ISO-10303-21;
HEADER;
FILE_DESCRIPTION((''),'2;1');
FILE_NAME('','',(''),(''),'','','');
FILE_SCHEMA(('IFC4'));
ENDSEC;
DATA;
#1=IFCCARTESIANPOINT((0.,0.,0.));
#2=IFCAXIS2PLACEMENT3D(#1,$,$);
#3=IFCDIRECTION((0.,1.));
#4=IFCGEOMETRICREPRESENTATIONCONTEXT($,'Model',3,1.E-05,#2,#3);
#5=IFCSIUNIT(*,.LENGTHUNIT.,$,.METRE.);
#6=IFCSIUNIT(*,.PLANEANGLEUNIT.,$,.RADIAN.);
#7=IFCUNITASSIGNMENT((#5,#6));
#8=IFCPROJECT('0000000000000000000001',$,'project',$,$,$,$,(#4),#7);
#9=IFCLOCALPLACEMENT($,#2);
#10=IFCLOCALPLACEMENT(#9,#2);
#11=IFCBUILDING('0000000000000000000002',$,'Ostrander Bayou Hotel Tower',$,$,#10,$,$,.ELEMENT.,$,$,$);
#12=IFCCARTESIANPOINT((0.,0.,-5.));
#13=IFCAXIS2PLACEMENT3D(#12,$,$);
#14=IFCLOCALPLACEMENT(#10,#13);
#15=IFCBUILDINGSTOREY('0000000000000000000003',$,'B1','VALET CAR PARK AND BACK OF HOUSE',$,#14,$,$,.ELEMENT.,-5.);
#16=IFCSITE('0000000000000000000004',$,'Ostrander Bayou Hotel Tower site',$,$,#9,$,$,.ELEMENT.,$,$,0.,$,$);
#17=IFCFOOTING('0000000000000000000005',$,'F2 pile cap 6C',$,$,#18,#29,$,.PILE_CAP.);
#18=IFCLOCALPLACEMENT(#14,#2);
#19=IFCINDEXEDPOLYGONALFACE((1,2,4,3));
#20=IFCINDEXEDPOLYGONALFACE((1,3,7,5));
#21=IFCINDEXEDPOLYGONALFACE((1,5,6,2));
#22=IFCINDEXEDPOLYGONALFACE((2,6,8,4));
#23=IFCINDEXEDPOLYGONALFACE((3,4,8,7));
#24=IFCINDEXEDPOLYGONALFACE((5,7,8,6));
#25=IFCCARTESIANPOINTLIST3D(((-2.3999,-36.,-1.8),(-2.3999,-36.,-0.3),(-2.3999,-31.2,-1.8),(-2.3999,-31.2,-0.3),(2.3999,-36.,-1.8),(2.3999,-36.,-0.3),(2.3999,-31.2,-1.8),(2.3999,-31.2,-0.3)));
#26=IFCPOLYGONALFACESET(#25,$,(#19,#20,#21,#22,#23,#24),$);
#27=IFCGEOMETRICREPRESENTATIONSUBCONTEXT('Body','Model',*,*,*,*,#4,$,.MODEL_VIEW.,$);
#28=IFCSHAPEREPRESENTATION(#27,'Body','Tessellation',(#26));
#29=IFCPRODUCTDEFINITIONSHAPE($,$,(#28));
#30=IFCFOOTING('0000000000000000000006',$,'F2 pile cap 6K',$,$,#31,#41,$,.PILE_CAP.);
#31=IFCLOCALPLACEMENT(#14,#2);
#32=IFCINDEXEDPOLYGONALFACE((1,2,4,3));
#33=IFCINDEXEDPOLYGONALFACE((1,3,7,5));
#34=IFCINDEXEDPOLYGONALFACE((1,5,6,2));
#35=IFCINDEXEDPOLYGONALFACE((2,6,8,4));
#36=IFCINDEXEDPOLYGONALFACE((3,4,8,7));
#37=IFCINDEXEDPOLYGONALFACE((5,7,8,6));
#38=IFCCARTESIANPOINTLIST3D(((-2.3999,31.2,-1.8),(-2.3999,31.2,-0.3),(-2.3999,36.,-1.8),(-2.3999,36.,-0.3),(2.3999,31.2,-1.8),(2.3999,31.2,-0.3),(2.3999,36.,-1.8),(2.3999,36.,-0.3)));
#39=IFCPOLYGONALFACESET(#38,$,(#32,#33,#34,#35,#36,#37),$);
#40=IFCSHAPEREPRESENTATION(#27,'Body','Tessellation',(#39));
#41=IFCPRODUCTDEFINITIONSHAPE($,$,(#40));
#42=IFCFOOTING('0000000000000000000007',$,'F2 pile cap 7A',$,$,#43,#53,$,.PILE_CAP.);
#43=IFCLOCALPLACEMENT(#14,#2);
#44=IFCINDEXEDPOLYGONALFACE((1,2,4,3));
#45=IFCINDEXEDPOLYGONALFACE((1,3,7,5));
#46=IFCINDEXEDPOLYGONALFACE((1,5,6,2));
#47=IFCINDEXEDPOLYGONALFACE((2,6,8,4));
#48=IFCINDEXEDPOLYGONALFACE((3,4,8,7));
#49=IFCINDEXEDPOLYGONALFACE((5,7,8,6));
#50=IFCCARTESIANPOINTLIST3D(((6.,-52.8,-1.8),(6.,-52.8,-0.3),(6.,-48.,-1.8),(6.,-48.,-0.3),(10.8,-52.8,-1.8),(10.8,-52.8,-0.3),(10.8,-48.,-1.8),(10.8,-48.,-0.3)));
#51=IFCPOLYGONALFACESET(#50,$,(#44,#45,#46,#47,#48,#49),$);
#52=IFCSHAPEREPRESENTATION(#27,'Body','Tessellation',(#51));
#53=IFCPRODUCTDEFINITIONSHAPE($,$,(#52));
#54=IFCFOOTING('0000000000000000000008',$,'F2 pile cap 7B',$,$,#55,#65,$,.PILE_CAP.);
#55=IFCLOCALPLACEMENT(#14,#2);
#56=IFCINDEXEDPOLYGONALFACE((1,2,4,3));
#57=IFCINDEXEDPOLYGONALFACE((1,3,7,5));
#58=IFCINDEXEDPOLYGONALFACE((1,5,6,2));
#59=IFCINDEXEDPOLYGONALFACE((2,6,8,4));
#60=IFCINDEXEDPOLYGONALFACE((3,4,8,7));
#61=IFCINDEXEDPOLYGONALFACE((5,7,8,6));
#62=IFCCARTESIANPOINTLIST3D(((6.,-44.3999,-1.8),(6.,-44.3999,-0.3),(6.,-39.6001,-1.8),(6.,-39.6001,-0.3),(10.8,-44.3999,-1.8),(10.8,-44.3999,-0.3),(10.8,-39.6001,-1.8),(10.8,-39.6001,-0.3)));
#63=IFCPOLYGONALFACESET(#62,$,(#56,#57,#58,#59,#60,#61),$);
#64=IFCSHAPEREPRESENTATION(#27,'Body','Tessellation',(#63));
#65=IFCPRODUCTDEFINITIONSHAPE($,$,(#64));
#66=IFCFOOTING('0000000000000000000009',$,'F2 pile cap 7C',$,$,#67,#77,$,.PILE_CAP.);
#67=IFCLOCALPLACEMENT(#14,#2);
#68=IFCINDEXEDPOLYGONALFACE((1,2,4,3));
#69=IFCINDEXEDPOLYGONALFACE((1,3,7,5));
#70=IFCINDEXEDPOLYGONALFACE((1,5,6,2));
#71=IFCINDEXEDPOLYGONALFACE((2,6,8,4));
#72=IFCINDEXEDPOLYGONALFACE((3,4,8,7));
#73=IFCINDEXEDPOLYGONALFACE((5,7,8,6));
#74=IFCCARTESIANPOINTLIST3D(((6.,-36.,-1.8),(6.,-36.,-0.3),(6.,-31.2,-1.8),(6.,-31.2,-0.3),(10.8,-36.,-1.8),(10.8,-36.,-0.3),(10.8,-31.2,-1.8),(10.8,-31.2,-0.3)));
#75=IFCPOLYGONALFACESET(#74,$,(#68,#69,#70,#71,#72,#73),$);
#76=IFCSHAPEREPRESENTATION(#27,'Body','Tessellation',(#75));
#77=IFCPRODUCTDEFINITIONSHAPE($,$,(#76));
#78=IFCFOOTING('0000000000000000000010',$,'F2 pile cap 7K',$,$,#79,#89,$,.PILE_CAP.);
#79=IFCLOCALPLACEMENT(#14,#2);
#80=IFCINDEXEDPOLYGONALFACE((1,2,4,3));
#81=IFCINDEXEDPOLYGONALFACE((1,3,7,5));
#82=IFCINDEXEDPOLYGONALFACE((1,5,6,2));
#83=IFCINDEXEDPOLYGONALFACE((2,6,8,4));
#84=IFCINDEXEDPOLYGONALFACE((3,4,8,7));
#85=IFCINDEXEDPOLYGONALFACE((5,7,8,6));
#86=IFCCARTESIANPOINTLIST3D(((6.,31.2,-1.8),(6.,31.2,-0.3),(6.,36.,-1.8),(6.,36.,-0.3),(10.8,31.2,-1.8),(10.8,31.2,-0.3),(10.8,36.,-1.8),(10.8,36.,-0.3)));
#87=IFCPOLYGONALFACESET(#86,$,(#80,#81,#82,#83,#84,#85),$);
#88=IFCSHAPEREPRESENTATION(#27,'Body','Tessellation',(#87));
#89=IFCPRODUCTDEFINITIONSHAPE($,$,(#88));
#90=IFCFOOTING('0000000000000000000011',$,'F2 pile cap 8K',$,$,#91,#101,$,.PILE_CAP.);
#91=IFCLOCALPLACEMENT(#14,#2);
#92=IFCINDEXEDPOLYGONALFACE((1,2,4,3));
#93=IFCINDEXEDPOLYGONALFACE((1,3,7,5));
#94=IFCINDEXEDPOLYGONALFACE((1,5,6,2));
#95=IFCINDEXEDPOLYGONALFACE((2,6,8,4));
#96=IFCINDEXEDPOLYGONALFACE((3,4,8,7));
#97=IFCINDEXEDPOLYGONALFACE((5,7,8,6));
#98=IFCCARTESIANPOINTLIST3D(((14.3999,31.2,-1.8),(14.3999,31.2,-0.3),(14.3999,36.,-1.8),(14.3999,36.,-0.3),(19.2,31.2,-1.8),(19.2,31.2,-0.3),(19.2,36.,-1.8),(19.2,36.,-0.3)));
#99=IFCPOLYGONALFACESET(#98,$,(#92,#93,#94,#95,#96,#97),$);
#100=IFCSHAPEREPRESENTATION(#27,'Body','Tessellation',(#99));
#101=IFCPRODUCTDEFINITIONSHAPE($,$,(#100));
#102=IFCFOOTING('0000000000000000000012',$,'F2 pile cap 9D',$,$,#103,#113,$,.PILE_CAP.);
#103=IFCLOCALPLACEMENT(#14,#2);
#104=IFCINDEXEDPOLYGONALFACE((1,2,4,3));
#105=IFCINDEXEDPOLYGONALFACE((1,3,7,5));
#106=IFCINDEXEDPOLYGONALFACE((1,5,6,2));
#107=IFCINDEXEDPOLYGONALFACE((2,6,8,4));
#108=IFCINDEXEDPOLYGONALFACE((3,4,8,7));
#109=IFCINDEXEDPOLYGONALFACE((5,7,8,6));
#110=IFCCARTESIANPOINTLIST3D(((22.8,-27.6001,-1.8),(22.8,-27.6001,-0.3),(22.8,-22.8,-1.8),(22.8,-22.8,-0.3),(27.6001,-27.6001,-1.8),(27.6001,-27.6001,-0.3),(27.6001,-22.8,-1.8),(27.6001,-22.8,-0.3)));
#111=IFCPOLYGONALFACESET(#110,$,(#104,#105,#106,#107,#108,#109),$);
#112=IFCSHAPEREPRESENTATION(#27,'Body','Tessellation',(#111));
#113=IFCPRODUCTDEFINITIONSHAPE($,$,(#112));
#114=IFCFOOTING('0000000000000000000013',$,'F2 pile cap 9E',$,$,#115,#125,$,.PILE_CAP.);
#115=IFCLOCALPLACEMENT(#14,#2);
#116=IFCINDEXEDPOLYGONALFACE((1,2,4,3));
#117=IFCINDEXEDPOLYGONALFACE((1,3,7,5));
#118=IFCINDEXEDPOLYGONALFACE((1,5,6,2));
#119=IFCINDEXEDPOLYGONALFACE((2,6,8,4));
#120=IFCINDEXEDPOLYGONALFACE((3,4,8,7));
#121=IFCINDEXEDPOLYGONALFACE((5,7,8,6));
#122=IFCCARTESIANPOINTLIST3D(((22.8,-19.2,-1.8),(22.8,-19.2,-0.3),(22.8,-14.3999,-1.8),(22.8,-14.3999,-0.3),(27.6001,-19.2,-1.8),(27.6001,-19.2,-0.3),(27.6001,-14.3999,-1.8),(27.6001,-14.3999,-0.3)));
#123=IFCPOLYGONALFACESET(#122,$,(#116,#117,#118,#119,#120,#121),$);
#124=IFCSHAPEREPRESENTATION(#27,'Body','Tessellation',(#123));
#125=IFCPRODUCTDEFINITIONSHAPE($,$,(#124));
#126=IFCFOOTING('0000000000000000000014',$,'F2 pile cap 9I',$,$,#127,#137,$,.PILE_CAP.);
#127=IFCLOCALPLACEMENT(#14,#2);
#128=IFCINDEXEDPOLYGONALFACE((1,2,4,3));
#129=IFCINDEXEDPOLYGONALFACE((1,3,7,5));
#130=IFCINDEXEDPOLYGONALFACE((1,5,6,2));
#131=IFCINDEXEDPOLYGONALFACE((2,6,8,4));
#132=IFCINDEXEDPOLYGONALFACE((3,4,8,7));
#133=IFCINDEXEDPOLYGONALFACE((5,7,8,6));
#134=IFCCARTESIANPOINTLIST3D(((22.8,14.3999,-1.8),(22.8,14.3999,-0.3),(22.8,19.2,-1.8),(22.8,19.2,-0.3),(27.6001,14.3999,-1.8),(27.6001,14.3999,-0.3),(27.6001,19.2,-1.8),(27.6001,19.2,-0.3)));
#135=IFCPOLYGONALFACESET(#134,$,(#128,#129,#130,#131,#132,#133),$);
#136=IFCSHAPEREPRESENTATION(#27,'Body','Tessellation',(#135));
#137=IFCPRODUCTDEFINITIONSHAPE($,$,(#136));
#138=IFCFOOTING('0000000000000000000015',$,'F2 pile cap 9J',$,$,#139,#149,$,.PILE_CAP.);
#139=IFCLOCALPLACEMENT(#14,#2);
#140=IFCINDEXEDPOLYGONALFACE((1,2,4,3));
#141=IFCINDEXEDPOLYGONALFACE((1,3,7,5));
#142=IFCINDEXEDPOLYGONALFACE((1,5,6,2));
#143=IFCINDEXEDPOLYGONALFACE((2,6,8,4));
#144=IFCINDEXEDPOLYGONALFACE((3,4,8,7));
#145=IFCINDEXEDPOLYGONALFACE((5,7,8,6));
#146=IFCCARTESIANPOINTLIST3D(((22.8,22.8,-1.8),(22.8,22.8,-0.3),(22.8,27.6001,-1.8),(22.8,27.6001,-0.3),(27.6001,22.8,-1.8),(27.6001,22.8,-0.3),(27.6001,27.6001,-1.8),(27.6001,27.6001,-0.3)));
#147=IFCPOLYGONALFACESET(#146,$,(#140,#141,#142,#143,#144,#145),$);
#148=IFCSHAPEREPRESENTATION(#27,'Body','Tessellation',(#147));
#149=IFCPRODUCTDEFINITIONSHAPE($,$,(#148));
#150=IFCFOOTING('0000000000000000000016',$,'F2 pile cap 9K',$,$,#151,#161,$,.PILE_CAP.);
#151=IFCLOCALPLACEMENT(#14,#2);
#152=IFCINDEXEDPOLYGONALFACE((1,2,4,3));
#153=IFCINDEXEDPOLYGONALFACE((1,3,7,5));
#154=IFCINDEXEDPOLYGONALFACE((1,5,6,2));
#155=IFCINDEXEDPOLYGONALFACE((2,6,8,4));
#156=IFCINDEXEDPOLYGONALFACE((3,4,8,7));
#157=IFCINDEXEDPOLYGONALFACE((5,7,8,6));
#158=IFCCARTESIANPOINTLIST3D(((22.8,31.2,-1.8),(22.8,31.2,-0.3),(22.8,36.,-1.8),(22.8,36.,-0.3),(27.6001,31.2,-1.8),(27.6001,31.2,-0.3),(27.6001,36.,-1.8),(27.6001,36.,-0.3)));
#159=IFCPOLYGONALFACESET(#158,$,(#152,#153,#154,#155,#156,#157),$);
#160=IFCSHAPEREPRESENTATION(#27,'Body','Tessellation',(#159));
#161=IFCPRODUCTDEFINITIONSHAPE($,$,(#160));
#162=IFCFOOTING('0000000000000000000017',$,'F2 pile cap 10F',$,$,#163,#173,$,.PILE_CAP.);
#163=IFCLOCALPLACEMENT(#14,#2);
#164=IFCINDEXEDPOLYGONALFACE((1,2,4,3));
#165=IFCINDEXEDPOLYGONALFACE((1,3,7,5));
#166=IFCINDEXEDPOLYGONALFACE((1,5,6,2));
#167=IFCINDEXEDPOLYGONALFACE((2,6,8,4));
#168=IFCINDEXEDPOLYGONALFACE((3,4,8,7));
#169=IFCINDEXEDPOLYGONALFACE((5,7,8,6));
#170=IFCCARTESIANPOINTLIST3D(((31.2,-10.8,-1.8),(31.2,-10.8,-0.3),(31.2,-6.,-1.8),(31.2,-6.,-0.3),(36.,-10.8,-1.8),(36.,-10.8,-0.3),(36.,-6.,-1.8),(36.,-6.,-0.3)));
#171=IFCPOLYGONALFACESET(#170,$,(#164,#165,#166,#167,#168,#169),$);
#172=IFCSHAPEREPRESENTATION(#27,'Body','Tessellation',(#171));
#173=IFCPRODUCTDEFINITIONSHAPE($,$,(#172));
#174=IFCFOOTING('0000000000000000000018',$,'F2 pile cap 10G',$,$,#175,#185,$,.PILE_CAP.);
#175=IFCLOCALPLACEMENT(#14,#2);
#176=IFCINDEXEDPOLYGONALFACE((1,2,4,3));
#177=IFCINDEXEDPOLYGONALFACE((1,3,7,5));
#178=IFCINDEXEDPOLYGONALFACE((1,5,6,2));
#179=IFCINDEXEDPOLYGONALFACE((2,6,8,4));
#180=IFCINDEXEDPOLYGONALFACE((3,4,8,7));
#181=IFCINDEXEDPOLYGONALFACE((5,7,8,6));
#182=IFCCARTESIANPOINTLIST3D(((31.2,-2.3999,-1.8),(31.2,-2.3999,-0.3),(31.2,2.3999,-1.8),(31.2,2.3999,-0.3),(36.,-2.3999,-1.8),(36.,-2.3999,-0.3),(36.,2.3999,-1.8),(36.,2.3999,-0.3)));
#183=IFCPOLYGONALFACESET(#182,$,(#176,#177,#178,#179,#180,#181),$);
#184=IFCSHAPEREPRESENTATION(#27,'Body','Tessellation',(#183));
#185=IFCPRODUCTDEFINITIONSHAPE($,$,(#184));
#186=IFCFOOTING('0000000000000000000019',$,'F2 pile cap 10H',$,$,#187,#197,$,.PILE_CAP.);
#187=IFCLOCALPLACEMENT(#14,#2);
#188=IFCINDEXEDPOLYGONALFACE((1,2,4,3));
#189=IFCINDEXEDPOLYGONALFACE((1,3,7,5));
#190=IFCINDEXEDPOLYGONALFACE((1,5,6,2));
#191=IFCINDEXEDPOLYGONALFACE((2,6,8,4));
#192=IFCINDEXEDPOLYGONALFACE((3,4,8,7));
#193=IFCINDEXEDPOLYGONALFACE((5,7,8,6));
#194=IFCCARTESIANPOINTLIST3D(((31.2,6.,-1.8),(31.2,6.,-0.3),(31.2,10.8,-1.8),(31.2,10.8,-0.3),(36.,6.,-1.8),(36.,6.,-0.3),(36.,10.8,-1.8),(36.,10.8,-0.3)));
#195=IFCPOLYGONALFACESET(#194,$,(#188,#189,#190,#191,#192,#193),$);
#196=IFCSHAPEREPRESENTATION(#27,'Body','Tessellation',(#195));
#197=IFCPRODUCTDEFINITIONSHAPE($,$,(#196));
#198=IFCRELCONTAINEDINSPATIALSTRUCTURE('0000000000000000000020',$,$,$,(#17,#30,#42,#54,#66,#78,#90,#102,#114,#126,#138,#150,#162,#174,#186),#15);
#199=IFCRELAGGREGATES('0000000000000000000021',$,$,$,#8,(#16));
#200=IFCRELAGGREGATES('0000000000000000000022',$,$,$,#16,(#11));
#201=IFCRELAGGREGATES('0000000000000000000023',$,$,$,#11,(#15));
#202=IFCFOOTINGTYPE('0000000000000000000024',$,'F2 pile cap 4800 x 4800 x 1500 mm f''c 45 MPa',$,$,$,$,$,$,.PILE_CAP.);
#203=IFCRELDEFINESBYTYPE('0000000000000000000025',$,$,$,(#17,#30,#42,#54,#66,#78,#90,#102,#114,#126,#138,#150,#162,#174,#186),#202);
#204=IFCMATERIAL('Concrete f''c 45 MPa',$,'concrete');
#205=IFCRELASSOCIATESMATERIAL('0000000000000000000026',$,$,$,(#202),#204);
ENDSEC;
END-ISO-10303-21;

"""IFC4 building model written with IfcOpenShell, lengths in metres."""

from ifc_helpers import new_model, si_unit, direction, frame, origin, place, context, subcontext, project, spatial, polyline, outline, extrude, material, type_object, element, save


model = new_model("IFC4")

# Units and contexts
model_context = context("Model", 3, precision=1e-05, world=origin(), true_north=direction((0.0, 1.0)))
body_context = subcontext(model_context, "Body", "Model", "MODEL_VIEW")
ifc_project = project(units=[si_unit("LENGTHUNIT", "METRE"), si_unit("PLANEANGLEUNIT", "RADIAN")], contexts=[model_context])

# Site, building, storey
site_placement = place(None, origin())
site = spatial("IfcSite", under=ifc_project, at=site_placement, Name="Ostrander Bayou Hotel Tower site", CompositionType="ELEMENT", RefElevation=0.0)
building_placement = place(site_placement, origin())
building = spatial("IfcBuilding", under=site, at=building_placement, Name="Ostrander Bayou Hotel Tower", CompositionType="ELEMENT")
storey_placement = place(building_placement, frame((0.0, 0.0, -5.0)))
storey = spatial("IfcBuildingStorey", under=building, at=storey_placement, Name="B1", Description="VALET CAR PARK AND BACK OF HOUSE", CompositionType="ELEMENT", Elevation=-5.0)

# Footings
ifc_material_1 = material(Name="Concrete f'c 45 MPa", Category="concrete")
footing_type = type_object("IfcFootingType", Name="F2 pile cap 4800 x 4800 x 1500 mm f'c 45 MPa", PredefinedType="PILE_CAP", material=ifc_material_1)
footing_1_placement = place(storey_placement, frame((0.0, 0.0, -1.8)))
element("IfcFooting", 1, at=footing_1_placement, inside=storey, type_object=footing_type, Name="F2 pile cap 6C", PredefinedType="PILE_CAP", context=body_context, shape_type="SweptSolid", body=[
    extrude(outline(polyline([(2.3999, -36.0), (2.3999, -31.2), (-2.3999, -31.2), (-2.3999, -36.0), (2.3999, -36.0)])), origin(), (0.0, 0.0, 1.0), 1.5),
])
footing_2_placement = place(storey_placement, frame((0.0, 0.0, -1.8)))
element("IfcFooting", 2, at=footing_2_placement, inside=storey, type_object=footing_type, Name="F2 pile cap 6K", PredefinedType="PILE_CAP", context=body_context, shape_type="SweptSolid", body=[
    extrude(outline(polyline([(2.3999, 31.2), (2.3999, 36.0), (-2.3999, 36.0), (-2.3999, 31.2), (2.3999, 31.2)])), origin(), (0.0, 0.0, 1.0), 1.5),
])
footing_3_placement = place(storey_placement, frame((0.0, 0.0, -1.8)))
element("IfcFooting", 3, at=footing_3_placement, inside=storey, type_object=footing_type, Name="F2 pile cap 7A", PredefinedType="PILE_CAP", context=body_context, shape_type="SweptSolid", body=[
    extrude(outline(polyline([(10.8, -52.8), (10.8, -48.0), (6.0, -48.0), (6.0, -52.8), (10.8, -52.8)])), origin(), (0.0, 0.0, 1.0), 1.5),
])
footing_4_placement = place(storey_placement, frame((0.0, 0.0, -1.8)))
element("IfcFooting", 4, at=footing_4_placement, inside=storey, type_object=footing_type, Name="F2 pile cap 7B", PredefinedType="PILE_CAP", context=body_context, shape_type="SweptSolid", body=[
    extrude(outline(polyline([(10.8, -44.3999), (10.8, -39.6001), (6.0, -39.6001), (6.0, -44.3999), (10.8, -44.3999)])), origin(), (0.0, 0.0, 1.0), 1.5),
])
footing_5_placement = place(storey_placement, frame((0.0, 0.0, -1.8)))
element("IfcFooting", 5, at=footing_5_placement, inside=storey, type_object=footing_type, Name="F2 pile cap 7C", PredefinedType="PILE_CAP", context=body_context, shape_type="SweptSolid", body=[
    extrude(outline(polyline([(10.8, -36.0), (10.8, -31.2), (6.0, -31.2), (6.0, -36.0), (10.8, -36.0)])), origin(), (0.0, 0.0, 1.0), 1.5),
])
footing_6_placement = place(storey_placement, frame((0.0, 0.0, -1.8)))
element("IfcFooting", 6, at=footing_6_placement, inside=storey, type_object=footing_type, Name="F2 pile cap 7K", PredefinedType="PILE_CAP", context=body_context, shape_type="SweptSolid", body=[
    extrude(outline(polyline([(10.8, 31.2), (10.8, 36.0), (6.0, 36.0), (6.0, 31.2), (10.8, 31.2)])), origin(), (0.0, 0.0, 1.0), 1.5),
])
footing_7_placement = place(storey_placement, frame((0.0, 0.0, -1.8)))
element("IfcFooting", 7, at=footing_7_placement, inside=storey, type_object=footing_type, Name="F2 pile cap 8K", PredefinedType="PILE_CAP", context=body_context, shape_type="SweptSolid", body=[
    extrude(outline(polyline([(19.2, 31.2), (19.2, 36.0), (14.3999, 36.0), (14.3999, 31.2), (19.2, 31.2)])), origin(), (0.0, 0.0, 1.0), 1.5),
])
footing_8_placement = place(storey_placement, frame((0.0, 0.0, -1.8)))
element("IfcFooting", 8, at=footing_8_placement, inside=storey, type_object=footing_type, Name="F2 pile cap 9D", PredefinedType="PILE_CAP", context=body_context, shape_type="SweptSolid", body=[
    extrude(outline(polyline([(27.6001, -27.6001), (27.6001, -22.8), (22.8, -22.8), (22.8, -27.6001), (27.6001, -27.6001)])), origin(), (0.0, 0.0, 1.0), 1.5),
])
footing_9_placement = place(storey_placement, frame((0.0, 0.0, -1.8)))
element("IfcFooting", 9, at=footing_9_placement, inside=storey, type_object=footing_type, Name="F2 pile cap 9E", PredefinedType="PILE_CAP", context=body_context, shape_type="SweptSolid", body=[
    extrude(outline(polyline([(27.6001, -19.2), (27.6001, -14.3999), (22.8, -14.3999), (22.8, -19.2), (27.6001, -19.2)])), origin(), (0.0, 0.0, 1.0), 1.5),
])
footing_10_placement = place(storey_placement, frame((0.0, 0.0, -1.8)))
element("IfcFooting", 10, at=footing_10_placement, inside=storey, type_object=footing_type, Name="F2 pile cap 9I", PredefinedType="PILE_CAP", context=body_context, shape_type="SweptSolid", body=[
    extrude(outline(polyline([(27.6001, 14.3999), (27.6001, 19.2), (22.8, 19.2), (22.8, 14.3999), (27.6001, 14.3999)])), origin(), (0.0, 0.0, 1.0), 1.5),
])
footing_11_placement = place(storey_placement, frame((0.0, 0.0, -1.8)))
element("IfcFooting", 11, at=footing_11_placement, inside=storey, type_object=footing_type, Name="F2 pile cap 9J", PredefinedType="PILE_CAP", context=body_context, shape_type="SweptSolid", body=[
    extrude(outline(polyline([(27.6001, 22.8), (27.6001, 27.6001), (22.8, 27.6001), (22.8, 22.8), (27.6001, 22.8)])), origin(), (0.0, 0.0, 1.0), 1.5),
])
footing_12_placement = place(storey_placement, frame((0.0, 0.0, -1.8)))
element("IfcFooting", 12, at=footing_12_placement, inside=storey, type_object=footing_type, Name="F2 pile cap 9K", PredefinedType="PILE_CAP", context=body_context, shape_type="SweptSolid", body=[
    extrude(outline(polyline([(27.6001, 31.2), (27.6001, 36.0), (22.8, 36.0), (22.8, 31.2), (27.6001, 31.2)])), origin(), (0.0, 0.0, 1.0), 1.5),
])
footing_13_placement = place(storey_placement, frame((0.0, 0.0, -1.8)))
element("IfcFooting", 13, at=footing_13_placement, inside=storey, type_object=footing_type, Name="F2 pile cap 10F", PredefinedType="PILE_CAP", context=body_context, shape_type="SweptSolid", body=[
    extrude(outline(polyline([(36.0, -10.8), (36.0, -6.0), (31.2, -6.0), (31.2, -10.8), (36.0, -10.8)])), origin(), (0.0, 0.0, 1.0), 1.5),
])
footing_14_placement = place(storey_placement, frame((0.0, 0.0, -1.8)))
element("IfcFooting", 14, at=footing_14_placement, inside=storey, type_object=footing_type, Name="F2 pile cap 10G", PredefinedType="PILE_CAP", context=body_context, shape_type="SweptSolid", body=[
    extrude(outline(polyline([(36.0, -2.3999), (36.0, 2.3999), (31.2, 2.3999), (31.2, -2.3999), (36.0, -2.3999)])), origin(), (0.0, 0.0, 1.0), 1.5),
])
footing_15_placement = place(storey_placement, frame((0.0, 0.0, -1.8)))
element("IfcFooting", 15, at=footing_15_placement, inside=storey, type_object=footing_type, Name="F2 pile cap 10H", PredefinedType="PILE_CAP", context=body_context, shape_type="SweptSolid", body=[
    extrude(outline(polyline([(36.0, 6.0), (36.0, 10.8), (31.2, 10.8), (31.2, 6.0), (36.0, 6.0)])), origin(), (0.0, 0.0, 1.0), 1.5),
])

save(model, "model.ifc")
